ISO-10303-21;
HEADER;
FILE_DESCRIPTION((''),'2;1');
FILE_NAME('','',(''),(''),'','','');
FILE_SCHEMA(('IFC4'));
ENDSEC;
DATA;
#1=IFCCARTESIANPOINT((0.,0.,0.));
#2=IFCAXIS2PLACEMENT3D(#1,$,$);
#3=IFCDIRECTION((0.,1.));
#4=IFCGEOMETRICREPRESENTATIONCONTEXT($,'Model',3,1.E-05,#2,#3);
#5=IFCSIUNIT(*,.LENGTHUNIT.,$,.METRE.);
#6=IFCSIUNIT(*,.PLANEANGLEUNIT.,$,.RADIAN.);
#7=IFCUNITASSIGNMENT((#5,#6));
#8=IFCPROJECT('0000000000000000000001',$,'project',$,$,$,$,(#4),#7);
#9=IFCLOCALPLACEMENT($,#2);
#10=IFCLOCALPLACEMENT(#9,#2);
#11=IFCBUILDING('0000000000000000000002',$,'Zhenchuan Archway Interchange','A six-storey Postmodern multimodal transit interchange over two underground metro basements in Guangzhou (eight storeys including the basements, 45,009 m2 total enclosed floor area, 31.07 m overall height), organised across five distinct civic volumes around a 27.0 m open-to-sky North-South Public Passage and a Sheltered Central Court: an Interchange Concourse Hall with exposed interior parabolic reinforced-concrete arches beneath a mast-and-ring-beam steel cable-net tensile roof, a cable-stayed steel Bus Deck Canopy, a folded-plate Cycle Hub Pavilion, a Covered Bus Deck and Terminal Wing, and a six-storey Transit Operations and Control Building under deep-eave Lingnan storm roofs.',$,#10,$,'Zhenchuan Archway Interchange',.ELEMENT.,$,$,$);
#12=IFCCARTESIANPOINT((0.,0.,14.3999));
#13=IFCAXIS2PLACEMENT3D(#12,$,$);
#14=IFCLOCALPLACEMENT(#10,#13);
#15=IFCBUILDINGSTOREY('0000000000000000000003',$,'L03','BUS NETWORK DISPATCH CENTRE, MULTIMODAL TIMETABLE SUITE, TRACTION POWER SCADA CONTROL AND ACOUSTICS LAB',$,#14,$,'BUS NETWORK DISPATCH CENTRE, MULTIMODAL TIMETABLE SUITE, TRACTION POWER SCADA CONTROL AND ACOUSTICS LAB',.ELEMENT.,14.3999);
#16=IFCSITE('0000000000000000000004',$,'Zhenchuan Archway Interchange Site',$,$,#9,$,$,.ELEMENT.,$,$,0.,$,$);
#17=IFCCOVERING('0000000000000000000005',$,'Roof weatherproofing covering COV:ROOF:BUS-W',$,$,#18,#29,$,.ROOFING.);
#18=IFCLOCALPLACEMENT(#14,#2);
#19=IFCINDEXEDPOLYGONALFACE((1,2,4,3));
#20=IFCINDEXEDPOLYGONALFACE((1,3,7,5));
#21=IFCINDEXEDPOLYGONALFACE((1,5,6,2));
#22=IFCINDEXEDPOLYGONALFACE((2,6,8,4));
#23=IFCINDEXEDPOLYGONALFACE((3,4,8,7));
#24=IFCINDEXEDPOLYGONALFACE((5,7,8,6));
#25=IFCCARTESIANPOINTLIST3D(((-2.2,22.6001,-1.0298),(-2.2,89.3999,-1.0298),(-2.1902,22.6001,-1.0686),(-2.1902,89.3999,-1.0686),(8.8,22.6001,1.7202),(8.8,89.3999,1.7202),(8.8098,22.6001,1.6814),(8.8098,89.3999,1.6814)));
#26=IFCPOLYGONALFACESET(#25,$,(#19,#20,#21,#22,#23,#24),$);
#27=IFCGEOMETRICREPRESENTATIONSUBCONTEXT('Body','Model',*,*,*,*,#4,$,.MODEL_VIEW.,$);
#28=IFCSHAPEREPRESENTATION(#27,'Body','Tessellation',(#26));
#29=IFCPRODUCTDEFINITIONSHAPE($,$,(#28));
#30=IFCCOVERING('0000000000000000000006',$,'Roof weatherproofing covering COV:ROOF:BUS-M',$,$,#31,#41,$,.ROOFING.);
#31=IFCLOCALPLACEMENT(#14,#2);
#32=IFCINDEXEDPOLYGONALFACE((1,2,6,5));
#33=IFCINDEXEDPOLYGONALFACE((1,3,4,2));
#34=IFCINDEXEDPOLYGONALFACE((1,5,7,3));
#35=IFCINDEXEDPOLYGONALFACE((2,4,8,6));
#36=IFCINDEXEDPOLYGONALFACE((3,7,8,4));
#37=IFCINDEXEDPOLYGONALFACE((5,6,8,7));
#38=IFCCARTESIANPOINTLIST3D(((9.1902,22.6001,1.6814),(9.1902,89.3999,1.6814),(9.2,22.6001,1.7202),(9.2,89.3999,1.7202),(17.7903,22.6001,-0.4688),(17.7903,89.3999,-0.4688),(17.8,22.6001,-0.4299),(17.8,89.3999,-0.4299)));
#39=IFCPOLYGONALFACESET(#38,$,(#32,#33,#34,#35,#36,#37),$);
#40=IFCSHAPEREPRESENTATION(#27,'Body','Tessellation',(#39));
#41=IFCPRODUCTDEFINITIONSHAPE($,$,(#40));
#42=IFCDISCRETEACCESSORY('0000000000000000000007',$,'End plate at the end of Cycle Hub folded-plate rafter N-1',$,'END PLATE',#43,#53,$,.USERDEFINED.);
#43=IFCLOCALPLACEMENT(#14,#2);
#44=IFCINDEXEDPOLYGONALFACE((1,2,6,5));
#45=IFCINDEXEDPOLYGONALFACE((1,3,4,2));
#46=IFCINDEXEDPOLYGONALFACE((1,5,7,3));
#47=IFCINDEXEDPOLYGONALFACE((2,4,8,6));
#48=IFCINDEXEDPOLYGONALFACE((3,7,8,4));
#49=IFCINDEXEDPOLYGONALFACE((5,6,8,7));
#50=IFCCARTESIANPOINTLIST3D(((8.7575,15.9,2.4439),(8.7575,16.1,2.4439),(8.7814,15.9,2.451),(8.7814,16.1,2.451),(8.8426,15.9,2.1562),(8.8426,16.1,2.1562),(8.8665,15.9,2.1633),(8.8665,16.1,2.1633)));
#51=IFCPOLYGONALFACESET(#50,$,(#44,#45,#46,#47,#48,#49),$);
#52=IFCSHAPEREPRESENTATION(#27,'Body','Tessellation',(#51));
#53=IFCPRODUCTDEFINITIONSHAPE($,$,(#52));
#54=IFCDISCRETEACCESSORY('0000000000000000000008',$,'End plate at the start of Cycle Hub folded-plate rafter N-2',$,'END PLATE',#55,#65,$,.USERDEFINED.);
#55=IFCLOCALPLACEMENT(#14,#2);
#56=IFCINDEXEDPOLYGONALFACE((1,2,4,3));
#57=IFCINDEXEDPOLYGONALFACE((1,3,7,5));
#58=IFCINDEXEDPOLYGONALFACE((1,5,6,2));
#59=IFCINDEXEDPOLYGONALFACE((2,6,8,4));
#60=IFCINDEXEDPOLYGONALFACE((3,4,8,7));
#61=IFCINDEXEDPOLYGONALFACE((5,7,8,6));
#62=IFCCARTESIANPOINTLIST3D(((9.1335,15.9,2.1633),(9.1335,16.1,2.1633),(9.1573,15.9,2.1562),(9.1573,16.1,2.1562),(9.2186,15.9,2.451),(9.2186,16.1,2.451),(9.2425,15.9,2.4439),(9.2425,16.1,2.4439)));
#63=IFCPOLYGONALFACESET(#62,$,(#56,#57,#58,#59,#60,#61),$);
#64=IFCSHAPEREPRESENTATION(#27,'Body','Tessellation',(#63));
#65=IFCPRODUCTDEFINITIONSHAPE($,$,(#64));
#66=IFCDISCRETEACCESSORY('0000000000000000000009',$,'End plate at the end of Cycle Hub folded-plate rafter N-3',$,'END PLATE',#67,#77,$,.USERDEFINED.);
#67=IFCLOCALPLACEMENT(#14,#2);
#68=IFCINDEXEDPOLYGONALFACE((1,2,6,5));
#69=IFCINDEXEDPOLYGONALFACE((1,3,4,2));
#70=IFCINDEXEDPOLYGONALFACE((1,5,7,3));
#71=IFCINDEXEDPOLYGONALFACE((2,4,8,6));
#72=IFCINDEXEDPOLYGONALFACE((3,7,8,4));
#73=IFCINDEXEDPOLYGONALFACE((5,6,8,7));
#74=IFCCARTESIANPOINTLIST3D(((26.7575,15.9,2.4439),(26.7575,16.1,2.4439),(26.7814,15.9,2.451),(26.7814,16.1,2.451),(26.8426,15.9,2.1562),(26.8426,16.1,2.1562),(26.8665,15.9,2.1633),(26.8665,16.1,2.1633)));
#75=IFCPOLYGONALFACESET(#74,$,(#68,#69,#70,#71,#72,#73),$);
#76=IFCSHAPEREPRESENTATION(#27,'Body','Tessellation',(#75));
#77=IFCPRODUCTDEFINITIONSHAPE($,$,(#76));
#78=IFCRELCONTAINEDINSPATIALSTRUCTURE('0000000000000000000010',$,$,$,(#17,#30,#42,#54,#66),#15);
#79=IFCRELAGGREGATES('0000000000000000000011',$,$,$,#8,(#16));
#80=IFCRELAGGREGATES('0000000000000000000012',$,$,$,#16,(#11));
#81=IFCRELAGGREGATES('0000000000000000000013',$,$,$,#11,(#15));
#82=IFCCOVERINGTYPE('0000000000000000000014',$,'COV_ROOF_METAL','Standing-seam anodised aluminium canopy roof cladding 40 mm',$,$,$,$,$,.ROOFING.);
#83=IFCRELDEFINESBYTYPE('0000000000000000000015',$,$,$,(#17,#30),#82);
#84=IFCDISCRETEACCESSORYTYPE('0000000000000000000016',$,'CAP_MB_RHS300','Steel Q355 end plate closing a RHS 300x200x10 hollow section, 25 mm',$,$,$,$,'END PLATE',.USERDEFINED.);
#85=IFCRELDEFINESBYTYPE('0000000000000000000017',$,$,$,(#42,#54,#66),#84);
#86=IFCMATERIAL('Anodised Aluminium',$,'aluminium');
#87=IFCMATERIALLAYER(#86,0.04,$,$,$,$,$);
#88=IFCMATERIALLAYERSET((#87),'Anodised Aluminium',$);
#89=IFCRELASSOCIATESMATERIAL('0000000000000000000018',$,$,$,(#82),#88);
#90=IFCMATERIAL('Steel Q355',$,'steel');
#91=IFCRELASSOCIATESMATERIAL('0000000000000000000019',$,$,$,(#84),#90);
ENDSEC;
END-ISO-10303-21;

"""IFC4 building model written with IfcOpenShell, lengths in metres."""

from ifc_helpers import new_model, si_unit, direction, frame, origin, origin_2d, place, context, subcontext, project, spatial, polyline, rectangle, outline, extrude, material, layer, layer_set, type_object, element, save


model = new_model("IFC4")

# Units and contexts
model_context = context("Model", 3, precision=1e-05, world=origin(), true_north=direction((0.0, 1.0)))
body_context = subcontext(model_context, "Body", "Model", "MODEL_VIEW")
ifc_project = project(units=[si_unit("LENGTHUNIT", "METRE"), si_unit("PLANEANGLEUNIT", "RADIAN")], contexts=[model_context])

# Site, building, storey
site_placement = place(None, origin())
site = spatial("IfcSite", under=ifc_project, at=site_placement, Name="Zhenchuan Archway Interchange Site", CompositionType="ELEMENT", RefElevation=0.0)
building_placement = place(site_placement, origin())
building = spatial("IfcBuilding", under=site, at=building_placement, Name="Zhenchuan Archway Interchange", Description="A six-storey Postmodern multimodal transit interchange over two underground metro basements in Guangzhou (eight storeys including the basements, 45,009 m2 total enclosed floor area, 31.07 m overall height), organised across five distinct civic volumes around a 27.0 m open-to-sky North-South Public Passage and a Sheltered Central Court: an Interchange Concourse Hall with exposed interior parabolic reinforced-concrete arches beneath a mast-and-ring-beam steel cable-net tensile roof, a cable-stayed steel Bus Deck Canopy, a folded-plate Cycle Hub Pavilion, a Covered Bus Deck and Terminal Wing, and a six-storey Transit Operations and Control Building under deep-eave Lingnan storm roofs.", LongName="Zhenchuan Archway Interchange", CompositionType="ELEMENT")
storey_placement = place(building_placement, frame((0.0, 0.0, 14.3999)))
storey = spatial("IfcBuildingStorey", under=building, at=storey_placement, Name="L03", Description="BUS NETWORK DISPATCH CENTRE, MULTIMODAL TIMETABLE SUITE, TRACTION POWER SCADA CONTROL AND ACOUSTICS LAB", LongName="BUS NETWORK DISPATCH CENTRE, MULTIMODAL TIMETABLE SUITE, TRACTION POWER SCADA CONTROL AND ACOUSTICS LAB", CompositionType="ELEMENT", Elevation=14.3999)

# Shared definitions
ifc_material_1 = material(Name="Steel Q355", Category="steel")

# Coverings
ifc_material_2 = material(Name="Anodised Aluminium", Category="aluminium")
ifc_layer_1 = layer(ifc_material_2, 0.04)
ifc_layer_set_1 = layer_set([ifc_layer_1], Name="Anodised Aluminium")
covering_type = type_object("IfcCoveringType", Name="COV_ROOF_METAL", Description="Standing-seam anodised aluminium canopy roof cladding 40 mm", PredefinedType="ROOFING", material=ifc_layer_set_1)
covering_1_placement = place(storey_placement, frame((-2.2, 22.6001, -1.0298), z_axis=(-0.242536, 0.0, 0.970143), x_axis=(0.970143, 0.0, 0.242536)))
element("IfcCovering", 1, at=covering_1_placement, inside=storey, type_object=covering_type, Name="Roof weatherproofing covering COV:ROOF:BUS-W", PredefinedType="ROOFING", context=body_context, shape_type="SweptSolid", body=[
    extrude(outline(polyline([(0.0, 0.0), (11.3385, 0.0), (11.3385, 66.7998), (0.0, 66.7998), (0.0, 0.0)])), origin(), (0.0, 0.0, -1.0), 0.04),
])
covering_2_placement = place(storey_placement, frame((9.2, 22.6001, 1.7202), z_axis=(0.242549, 0.0, 0.970139), x_axis=(0.970139, 0.0, -0.242549)))
element("IfcCovering", 2, at=covering_2_placement, inside=storey, type_object=covering_type, Name="Roof weatherproofing covering COV:ROOF:BUS-M", PredefinedType="ROOFING", context=body_context, shape_type="SweptSolid", body=[
    extrude(outline(polyline([(0.0, 0.0), (8.8648, 0.0), (8.8648, 66.7998), (0.0, 66.7998), (0.0, 0.0)])), origin(), (0.0, 0.0, -1.0), 0.04),
])

# Discrete accessories
discrete_accessory_type = type_object("IfcDiscreteAccessoryType", Name="CAP_MB_RHS300", Description="Steel Q355 end plate closing a RHS 300x200x10 hollow section, 25 mm", ElementType="END PLATE", PredefinedType="USERDEFINED", material=ifc_material_1)
for number, where, z_axis, x_axis, name in (
    (3, (8.8, 16.0, 2.3), (0.958897, 0.0, 0.283755), (0.0, 1.0, 0.0), "End plate at the end of Cycle Hub folded-plate rafter N-1"),
    (4, (9.176, 16.0, 2.3071), (0.958897, 0.0, -0.283755), (0.0, 1.0, 0.0), "End plate at the start of Cycle Hub folded-plate rafter N-2"),
    (5, (26.8, 16.0, 2.3), (0.958897, 0.0, 0.283755), (0.0, 1.0, 0.0), "End plate at the end of Cycle Hub folded-plate rafter N-3"),
):
    element("IfcDiscreteAccessory", number, at=place(storey_placement, frame(where, z_axis=z_axis, x_axis=x_axis)), inside=storey, type_object=discrete_accessory_type, Name=name, ObjectType="END PLATE", PredefinedType="USERDEFINED", context=body_context, shape_type="SweptSolid", body=[
        extrude(rectangle(XDim=0.2, YDim=0.3, at=origin_2d()), origin(), (0.0, 0.0, 1.0), 0.0249),
    ])

save(model, "model.ifc")
